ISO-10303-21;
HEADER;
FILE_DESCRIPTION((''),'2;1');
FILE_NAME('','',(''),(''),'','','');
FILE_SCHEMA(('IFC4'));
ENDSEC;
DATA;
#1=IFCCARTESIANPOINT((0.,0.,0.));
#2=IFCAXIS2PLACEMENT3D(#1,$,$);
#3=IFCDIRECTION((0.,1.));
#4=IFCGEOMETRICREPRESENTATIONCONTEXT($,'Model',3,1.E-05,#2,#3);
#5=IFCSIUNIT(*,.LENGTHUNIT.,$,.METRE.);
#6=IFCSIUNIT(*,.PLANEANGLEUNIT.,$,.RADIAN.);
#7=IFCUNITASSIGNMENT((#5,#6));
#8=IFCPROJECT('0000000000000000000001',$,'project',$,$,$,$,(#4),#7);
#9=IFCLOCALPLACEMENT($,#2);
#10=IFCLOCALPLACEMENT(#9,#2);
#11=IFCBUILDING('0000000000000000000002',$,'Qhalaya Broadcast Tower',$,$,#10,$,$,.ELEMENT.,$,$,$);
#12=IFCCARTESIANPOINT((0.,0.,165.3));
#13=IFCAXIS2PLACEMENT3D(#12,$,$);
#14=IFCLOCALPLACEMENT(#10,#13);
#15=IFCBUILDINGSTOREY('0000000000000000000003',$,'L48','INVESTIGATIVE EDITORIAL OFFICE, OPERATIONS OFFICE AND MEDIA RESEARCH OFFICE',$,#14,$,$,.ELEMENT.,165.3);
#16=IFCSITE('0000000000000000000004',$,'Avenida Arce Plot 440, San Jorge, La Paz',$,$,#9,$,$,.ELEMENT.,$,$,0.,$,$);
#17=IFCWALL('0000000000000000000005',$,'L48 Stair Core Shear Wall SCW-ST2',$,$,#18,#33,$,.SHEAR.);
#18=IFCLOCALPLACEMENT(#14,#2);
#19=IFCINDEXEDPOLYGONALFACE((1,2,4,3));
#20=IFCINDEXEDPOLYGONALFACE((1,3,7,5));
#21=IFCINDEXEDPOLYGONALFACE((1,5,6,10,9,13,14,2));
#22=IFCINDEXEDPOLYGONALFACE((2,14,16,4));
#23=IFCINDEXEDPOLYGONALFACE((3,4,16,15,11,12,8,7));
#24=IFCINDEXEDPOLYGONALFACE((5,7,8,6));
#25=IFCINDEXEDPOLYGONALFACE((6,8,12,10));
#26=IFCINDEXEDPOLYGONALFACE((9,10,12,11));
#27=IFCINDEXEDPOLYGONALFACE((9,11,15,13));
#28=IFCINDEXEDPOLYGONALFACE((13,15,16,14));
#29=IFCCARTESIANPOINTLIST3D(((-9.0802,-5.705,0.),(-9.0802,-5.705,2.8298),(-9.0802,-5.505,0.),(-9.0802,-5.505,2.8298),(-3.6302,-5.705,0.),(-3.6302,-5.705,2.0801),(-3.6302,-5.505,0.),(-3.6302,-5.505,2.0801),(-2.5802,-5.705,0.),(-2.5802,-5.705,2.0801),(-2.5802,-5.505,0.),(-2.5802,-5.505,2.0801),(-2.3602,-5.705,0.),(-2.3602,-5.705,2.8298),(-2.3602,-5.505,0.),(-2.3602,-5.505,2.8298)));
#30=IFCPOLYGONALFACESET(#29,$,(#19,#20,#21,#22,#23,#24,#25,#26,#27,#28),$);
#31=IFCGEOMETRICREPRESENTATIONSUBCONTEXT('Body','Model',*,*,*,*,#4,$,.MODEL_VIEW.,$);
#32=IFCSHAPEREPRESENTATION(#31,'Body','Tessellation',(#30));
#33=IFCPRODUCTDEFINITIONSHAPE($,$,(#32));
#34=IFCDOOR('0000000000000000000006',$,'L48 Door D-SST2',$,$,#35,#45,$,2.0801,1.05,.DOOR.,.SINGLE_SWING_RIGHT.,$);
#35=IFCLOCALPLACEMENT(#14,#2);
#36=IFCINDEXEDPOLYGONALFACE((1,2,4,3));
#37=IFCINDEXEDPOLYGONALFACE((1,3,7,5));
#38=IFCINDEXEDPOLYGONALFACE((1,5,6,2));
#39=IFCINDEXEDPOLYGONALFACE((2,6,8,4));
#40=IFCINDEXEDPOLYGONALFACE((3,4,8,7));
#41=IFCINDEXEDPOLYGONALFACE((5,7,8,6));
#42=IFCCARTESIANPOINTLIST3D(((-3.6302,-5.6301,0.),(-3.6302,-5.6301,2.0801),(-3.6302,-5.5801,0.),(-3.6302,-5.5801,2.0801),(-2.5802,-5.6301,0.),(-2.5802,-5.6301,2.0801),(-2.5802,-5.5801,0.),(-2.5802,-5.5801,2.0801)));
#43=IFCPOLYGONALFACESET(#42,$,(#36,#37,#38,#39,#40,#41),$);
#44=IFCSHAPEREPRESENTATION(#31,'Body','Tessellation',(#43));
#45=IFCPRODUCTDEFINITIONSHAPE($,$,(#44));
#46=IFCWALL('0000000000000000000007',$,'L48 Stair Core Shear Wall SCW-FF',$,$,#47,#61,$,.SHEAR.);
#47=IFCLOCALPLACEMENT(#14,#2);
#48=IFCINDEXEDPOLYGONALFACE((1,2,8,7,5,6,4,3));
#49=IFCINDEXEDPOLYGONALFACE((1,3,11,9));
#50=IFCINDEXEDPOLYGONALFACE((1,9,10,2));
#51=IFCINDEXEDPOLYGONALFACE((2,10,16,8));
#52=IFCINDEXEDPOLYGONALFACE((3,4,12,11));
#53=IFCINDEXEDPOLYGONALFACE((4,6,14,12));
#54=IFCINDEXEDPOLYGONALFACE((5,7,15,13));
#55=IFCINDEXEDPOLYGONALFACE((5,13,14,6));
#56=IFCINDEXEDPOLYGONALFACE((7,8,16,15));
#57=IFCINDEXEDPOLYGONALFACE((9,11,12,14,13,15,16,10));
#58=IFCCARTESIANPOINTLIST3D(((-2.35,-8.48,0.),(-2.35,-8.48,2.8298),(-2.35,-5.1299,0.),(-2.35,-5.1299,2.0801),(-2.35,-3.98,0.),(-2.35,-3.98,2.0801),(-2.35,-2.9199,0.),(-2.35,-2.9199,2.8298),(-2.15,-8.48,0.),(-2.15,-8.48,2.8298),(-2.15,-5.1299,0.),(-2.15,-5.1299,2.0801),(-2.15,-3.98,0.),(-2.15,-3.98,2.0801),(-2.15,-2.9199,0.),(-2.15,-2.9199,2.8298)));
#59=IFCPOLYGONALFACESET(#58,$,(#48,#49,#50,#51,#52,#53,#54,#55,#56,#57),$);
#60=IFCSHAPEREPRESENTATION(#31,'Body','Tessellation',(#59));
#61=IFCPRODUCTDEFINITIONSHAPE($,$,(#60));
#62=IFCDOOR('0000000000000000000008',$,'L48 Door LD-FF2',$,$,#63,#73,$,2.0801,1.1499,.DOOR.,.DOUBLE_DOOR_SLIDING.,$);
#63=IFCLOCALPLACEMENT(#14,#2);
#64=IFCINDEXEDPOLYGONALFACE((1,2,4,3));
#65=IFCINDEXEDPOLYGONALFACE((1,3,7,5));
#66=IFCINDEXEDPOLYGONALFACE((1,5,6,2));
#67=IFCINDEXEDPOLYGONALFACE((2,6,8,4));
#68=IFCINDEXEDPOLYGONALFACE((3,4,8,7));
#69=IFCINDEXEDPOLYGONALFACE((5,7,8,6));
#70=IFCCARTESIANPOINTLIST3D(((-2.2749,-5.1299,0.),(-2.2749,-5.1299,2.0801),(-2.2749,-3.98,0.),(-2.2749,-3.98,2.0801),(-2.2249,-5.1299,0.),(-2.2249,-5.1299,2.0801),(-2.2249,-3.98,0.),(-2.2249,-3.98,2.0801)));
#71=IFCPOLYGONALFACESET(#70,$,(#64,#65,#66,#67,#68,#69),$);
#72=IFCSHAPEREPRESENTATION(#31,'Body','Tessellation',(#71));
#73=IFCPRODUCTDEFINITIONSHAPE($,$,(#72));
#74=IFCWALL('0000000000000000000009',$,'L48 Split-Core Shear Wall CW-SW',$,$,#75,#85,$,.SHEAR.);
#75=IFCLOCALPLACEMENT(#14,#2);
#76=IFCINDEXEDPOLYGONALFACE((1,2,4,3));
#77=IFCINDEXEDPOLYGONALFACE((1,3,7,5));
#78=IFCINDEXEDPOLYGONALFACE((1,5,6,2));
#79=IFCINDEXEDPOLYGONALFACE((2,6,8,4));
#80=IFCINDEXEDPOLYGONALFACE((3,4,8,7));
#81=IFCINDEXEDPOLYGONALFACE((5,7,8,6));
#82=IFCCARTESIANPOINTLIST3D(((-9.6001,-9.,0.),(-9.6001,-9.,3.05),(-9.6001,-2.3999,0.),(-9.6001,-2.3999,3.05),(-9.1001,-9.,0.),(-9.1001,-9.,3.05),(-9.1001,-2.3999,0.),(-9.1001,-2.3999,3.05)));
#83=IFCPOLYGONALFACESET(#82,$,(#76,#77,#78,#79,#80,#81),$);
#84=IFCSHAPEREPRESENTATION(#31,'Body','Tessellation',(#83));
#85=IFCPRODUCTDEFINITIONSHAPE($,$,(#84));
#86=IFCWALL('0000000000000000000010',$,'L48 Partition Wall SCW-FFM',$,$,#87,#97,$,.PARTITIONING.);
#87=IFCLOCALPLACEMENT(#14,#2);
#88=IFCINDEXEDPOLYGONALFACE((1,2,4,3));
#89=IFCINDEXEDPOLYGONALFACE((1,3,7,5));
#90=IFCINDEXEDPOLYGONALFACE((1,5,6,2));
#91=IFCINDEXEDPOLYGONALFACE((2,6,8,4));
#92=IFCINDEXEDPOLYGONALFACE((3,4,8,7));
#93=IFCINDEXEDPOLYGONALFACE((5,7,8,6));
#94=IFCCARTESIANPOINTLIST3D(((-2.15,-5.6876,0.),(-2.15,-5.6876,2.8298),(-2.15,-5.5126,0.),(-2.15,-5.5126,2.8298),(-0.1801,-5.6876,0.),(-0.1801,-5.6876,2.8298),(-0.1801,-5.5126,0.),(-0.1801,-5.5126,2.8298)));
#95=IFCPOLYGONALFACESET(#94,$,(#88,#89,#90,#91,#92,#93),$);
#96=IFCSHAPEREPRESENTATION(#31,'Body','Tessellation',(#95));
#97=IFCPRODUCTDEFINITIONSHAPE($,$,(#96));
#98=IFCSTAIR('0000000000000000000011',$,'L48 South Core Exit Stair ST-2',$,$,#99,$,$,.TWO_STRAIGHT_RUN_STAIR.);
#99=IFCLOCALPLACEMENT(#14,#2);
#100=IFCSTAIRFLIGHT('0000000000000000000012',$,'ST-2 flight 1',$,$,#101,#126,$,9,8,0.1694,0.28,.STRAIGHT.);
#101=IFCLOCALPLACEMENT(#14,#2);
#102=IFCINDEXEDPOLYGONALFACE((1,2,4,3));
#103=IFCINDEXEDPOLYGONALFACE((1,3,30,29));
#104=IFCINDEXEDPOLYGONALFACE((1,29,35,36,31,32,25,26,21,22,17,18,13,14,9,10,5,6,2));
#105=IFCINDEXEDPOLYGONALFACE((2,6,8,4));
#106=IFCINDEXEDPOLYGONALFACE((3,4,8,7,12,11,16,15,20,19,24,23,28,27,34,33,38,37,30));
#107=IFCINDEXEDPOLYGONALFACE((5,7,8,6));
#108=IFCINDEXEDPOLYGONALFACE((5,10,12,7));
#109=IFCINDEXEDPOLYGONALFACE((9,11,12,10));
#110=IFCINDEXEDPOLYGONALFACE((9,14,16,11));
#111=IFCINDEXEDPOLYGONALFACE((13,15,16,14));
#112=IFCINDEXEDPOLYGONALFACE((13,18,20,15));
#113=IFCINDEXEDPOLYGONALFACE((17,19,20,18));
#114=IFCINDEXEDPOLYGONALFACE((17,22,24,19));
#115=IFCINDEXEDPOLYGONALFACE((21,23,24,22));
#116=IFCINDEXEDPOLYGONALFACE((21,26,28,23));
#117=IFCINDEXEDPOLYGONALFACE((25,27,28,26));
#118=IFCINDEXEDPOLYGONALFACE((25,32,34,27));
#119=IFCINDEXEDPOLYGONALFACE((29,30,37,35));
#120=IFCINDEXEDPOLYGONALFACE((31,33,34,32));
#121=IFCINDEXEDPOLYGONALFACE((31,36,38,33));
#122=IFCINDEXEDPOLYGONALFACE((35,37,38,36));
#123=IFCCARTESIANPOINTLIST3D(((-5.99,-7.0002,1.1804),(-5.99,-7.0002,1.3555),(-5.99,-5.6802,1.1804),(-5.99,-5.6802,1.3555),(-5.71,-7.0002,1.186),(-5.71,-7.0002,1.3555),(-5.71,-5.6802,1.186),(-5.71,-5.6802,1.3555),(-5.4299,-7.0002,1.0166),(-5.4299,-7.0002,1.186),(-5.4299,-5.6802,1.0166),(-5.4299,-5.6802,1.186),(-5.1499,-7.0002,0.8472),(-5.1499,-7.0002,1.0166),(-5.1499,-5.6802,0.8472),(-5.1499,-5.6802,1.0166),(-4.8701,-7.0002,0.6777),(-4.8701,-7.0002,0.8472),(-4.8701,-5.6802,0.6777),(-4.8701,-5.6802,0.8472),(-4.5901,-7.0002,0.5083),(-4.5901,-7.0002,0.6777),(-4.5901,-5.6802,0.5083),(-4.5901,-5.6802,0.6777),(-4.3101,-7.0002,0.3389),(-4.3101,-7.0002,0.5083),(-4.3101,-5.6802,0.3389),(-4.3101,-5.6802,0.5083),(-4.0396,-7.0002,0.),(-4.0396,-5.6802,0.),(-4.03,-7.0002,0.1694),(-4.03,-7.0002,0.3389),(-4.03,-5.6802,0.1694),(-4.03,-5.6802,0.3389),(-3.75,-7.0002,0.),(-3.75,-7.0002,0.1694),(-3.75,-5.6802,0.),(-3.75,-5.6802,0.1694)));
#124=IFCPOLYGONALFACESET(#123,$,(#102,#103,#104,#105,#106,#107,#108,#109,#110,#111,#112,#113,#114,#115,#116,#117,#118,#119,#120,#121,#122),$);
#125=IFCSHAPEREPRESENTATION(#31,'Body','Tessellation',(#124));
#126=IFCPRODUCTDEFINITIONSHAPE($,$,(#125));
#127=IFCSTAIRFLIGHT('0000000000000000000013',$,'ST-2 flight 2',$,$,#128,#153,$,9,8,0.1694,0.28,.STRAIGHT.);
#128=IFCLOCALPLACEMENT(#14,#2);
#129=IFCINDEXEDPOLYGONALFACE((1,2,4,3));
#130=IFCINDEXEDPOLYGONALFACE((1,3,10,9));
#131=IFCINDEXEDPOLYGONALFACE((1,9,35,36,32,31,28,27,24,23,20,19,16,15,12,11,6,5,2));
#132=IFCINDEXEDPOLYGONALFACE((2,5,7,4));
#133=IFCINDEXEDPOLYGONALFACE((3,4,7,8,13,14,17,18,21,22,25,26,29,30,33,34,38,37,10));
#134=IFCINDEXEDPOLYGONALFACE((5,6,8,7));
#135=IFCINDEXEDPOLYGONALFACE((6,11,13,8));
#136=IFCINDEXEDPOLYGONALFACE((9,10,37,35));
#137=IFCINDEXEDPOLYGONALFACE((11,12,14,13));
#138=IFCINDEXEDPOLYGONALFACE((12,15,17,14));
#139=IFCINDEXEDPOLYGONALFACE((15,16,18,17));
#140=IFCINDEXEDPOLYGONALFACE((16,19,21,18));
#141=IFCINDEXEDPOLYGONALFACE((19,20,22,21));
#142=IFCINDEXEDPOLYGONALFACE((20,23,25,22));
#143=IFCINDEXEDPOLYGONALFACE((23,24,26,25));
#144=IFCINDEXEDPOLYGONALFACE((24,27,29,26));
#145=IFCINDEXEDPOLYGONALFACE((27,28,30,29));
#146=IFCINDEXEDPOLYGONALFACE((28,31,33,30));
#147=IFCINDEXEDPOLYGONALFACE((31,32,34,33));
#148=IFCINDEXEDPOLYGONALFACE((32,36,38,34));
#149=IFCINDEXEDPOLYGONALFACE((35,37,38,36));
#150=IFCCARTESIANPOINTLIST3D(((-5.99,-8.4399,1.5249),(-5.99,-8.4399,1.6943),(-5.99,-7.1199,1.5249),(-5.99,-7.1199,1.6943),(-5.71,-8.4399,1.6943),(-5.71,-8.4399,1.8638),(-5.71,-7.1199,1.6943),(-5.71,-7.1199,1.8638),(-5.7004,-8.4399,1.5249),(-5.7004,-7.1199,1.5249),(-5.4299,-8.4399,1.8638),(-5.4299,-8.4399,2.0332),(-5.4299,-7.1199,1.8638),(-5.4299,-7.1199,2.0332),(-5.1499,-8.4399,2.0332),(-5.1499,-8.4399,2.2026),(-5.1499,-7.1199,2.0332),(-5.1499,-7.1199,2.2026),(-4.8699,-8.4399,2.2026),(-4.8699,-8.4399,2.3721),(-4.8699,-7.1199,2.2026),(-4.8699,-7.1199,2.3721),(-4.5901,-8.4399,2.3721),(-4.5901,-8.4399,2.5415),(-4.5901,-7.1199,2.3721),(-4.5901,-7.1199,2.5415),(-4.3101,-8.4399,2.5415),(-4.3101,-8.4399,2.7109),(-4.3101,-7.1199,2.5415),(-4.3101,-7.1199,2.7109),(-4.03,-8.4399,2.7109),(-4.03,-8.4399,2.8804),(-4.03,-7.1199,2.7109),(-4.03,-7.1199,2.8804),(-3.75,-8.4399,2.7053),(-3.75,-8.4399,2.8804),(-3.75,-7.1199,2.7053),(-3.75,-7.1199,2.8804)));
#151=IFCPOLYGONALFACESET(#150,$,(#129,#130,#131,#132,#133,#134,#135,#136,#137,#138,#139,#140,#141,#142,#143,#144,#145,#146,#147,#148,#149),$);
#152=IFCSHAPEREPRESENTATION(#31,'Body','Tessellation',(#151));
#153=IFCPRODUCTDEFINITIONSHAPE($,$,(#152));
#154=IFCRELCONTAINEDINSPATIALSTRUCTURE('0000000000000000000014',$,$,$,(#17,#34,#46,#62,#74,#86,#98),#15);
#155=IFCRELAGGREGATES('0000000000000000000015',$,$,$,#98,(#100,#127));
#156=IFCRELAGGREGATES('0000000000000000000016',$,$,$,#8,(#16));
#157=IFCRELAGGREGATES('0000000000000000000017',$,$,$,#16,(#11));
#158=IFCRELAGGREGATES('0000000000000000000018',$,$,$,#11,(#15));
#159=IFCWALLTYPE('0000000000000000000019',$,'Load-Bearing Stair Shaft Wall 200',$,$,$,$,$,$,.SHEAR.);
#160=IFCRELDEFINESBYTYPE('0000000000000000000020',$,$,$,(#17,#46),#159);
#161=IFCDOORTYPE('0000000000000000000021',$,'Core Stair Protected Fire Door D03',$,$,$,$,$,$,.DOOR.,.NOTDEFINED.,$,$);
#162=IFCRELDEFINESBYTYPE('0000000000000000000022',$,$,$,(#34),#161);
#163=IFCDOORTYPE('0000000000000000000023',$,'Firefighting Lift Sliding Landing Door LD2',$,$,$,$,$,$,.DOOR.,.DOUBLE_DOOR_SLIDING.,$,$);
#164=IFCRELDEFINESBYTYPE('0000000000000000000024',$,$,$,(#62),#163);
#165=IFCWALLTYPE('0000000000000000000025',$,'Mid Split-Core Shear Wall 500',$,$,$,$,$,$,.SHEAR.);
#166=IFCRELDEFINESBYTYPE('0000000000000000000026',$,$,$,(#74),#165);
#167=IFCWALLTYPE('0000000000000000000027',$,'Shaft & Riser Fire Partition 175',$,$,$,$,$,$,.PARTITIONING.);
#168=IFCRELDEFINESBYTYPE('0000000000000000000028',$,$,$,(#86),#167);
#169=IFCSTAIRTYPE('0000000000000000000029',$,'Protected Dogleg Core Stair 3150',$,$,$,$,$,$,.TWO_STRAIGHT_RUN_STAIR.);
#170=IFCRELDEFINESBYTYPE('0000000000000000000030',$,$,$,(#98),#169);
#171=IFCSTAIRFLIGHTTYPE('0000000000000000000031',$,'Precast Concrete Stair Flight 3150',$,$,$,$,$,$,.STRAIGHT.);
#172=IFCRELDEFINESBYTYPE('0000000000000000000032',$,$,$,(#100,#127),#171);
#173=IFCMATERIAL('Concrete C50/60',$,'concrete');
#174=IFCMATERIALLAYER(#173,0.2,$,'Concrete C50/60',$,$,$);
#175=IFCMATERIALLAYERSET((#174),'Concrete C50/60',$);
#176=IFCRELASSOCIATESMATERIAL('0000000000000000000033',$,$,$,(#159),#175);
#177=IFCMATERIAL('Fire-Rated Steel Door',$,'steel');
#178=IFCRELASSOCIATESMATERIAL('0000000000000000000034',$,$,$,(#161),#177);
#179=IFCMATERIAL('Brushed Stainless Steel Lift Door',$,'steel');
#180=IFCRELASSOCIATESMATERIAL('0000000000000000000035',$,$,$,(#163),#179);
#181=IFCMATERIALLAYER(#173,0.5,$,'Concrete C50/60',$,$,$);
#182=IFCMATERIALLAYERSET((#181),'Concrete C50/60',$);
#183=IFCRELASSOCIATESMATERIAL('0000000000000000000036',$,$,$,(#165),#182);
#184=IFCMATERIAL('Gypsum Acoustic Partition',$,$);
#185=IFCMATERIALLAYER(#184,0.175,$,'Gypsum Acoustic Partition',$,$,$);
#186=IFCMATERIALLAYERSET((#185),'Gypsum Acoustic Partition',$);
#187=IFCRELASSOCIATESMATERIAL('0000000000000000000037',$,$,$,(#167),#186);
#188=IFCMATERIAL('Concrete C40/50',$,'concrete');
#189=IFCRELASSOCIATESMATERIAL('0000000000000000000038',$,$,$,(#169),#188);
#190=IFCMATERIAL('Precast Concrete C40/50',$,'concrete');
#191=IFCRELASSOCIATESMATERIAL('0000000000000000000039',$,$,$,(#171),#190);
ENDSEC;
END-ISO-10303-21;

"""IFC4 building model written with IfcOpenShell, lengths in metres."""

from ifc_helpers import new_model, si_unit, direction, frame, frame_2d, origin, place, context, subcontext, project, spatial, polyline, rectangle, outline, extrude, material, layer, layer_set, type_object, element, fill, aggregate, save


model = new_model("IFC4")

# Units and contexts
model_context = context("Model", 3, precision=1e-05, world=origin(), true_north=direction((0.0, 1.0)))
body_context = subcontext(model_context, "Body", "Model", "MODEL_VIEW")
ifc_project = project(units=[si_unit("LENGTHUNIT", "METRE"), si_unit("PLANEANGLEUNIT", "RADIAN")], contexts=[model_context])

# Site, building, storey
site_placement = place(None, origin())
site = spatial("IfcSite", under=ifc_project, at=site_placement, Name="Avenida Arce Plot 440, San Jorge, La Paz", CompositionType="ELEMENT", RefElevation=0.0)
building_placement = place(site_placement, origin())
building = spatial("IfcBuilding", under=site, at=building_placement, Name="Qhalaya Broadcast Tower", CompositionType="ELEMENT")
storey_placement = place(building_placement, frame((0.0, 0.0, 165.3)))
storey = spatial("IfcBuildingStorey", under=building, at=storey_placement, Name="L48", Description="INVESTIGATIVE EDITORIAL OFFICE, OPERATIONS OFFICE AND MEDIA RESEARCH OFFICE", CompositionType="ELEMENT", Elevation=165.3)

# Shared definitions
ifc_material_1 = material(Name="Concrete C50/60", Category="concrete")

# Walls, openings, doors
ifc_layer_1 = layer(ifc_material_1, 0.2, Name="Concrete C50/60")
ifc_layer_set_1 = layer_set([ifc_layer_1], Name="Concrete C50/60")
wall_type_1 = type_object("IfcWallType", Name="Load-Bearing Stair Shaft Wall 200", PredefinedType="SHEAR", material=ifc_layer_set_1)
wall_1_placement = place(storey_placement, frame((-9.0801, -5.605, 0.0), z_axis=(0.0, 0.0, 1.0), x_axis=(1.0, 0.0, 0.0)))
wall_1 = element("IfcWall", 1, at=wall_1_placement, inside=storey, type_object=wall_type_1, Name="L48 Stair Core Shear Wall SCW-ST2", PredefinedType="SHEAR", context=body_context, shape_type="SweptSolid", body=[
    extrude(rectangle(XDim=6.72, YDim=0.2, at=frame_2d((3.3599, 0.0))), origin(), (0.0, 0.0, 1.0), 2.8298),
])
opening_1_placement = place(wall_1_placement, frame((5.45, 0.0, 0.0)))
opening_1 = element("IfcOpeningElement", 2, at=opening_1_placement, cuts=wall_1, PredefinedType="OPENING", context=body_context, shape_type="SweptSolid", body=[
    extrude(rectangle(XDim=1.05, YDim=2.0801, at=frame_2d((0.5249, 1.04))), frame((0.0, 0.1121, 0.0), z_axis=(0.0, -1.0, 0.0), x_axis=(1.0, 0.0, 0.0)), (0.0, 0.0, 1.0), 0.2239),
])
ifc_material_2 = material(Name="Fire-Rated Steel Door", Category="steel")
door_type_1 = type_object("IfcDoorType", Name="Core Stair Protected Fire Door D03", OperationType="NOTDEFINED", PredefinedType="DOOR", material=ifc_material_2)
door_1_placement = place(opening_1_placement, origin())
door_1 = element("IfcDoor", 3, at=door_1_placement, inside=storey, type_object=door_type_1, Name="L48 Door D-SST2", OperationType="SINGLE_SWING_RIGHT", OverallHeight=2.0801, OverallWidth=1.05, PredefinedType="DOOR", context=body_context, shape_type="SweptSolid", body=[
    extrude(rectangle(XDim=1.05, YDim=2.0801, at=frame_2d((0.5249, 1.04))), frame((0.0, 0.0249, 0.0), z_axis=(0.0, -1.0, 0.0), x_axis=(1.0, 0.0, 0.0)), (0.0, 0.0, 1.0), 0.05),
])
fill(opening_1, door_1)
wall_2_placement = place(storey_placement, frame((-2.25, -8.48, 0.0), z_axis=(0.0, 0.0, 1.0), x_axis=(0.0, 1.0, 0.0)))
wall_2 = element("IfcWall", 4, at=wall_2_placement, inside=storey, type_object=wall_type_1, Name="L48 Stair Core Shear Wall SCW-FF", PredefinedType="SHEAR", context=body_context, shape_type="SweptSolid", body=[
    extrude(rectangle(XDim=5.5601, YDim=0.2, at=frame_2d((2.78, 0.0))), origin(), (0.0, 0.0, 1.0), 2.8298),
])
opening_2_placement = place(wall_2_placement, frame((3.3501, 0.0, 0.0)))
opening_2 = element("IfcOpeningElement", 5, at=opening_2_placement, cuts=wall_2, PredefinedType="OPENING", context=body_context, shape_type="SweptSolid", body=[
    extrude(rectangle(XDim=1.1499, YDim=2.0801, at=frame_2d((0.575, 1.04))), frame((0.0, 0.1121, 0.0), z_axis=(0.0, -1.0, 0.0), x_axis=(1.0, 0.0, 0.0)), (0.0, 0.0, 1.0), 0.2239),
])
ifc_material_3 = material(Name="Brushed Stainless Steel Lift Door", Category="steel")
door_type_2 = type_object("IfcDoorType", Name="Firefighting Lift Sliding Landing Door LD2", OperationType="DOUBLE_DOOR_SLIDING", PredefinedType="DOOR", material=ifc_material_3)
door_2_placement = place(opening_2_placement, origin())
door_2 = element("IfcDoor", 6, at=door_2_placement, inside=storey, type_object=door_type_2, Name="L48 Door LD-FF2", OperationType="DOUBLE_DOOR_SLIDING", OverallHeight=2.0801, OverallWidth=1.1499, PredefinedType="DOOR", context=body_context, shape_type="SweptSolid", body=[
    extrude(rectangle(XDim=1.1499, YDim=2.0801, at=frame_2d((0.575, 1.04))), frame((0.0, 0.0249, 0.0), z_axis=(0.0, -1.0, 0.0), x_axis=(1.0, 0.0, 0.0)), (0.0, 0.0, 1.0), 0.05),
])
fill(opening_2, door_2)

# Walls
ifc_layer_2 = layer(ifc_material_1, 0.5, Name="Concrete C50/60")
ifc_layer_set_2 = layer_set([ifc_layer_2], Name="Concrete C50/60")
wall_type_2 = type_object("IfcWallType", Name="Mid Split-Core Shear Wall 500", PredefinedType="SHEAR", material=ifc_layer_set_2)
wall_3_placement = place(storey_placement, frame((-9.3501, -9.0, 0.0), z_axis=(0.0, 0.0, 1.0), x_axis=(0.0, 1.0, 0.0)))
element("IfcWall", 7, at=wall_3_placement, inside=storey, type_object=wall_type_2, Name="L48 Split-Core Shear Wall CW-SW", PredefinedType="SHEAR", context=body_context, shape_type="SweptSolid", body=[
    extrude(rectangle(XDim=6.6001, YDim=0.5, at=frame_2d((3.3, 0.0))), origin(), (0.0, 0.0, 1.0), 3.05),
])
ifc_material_4 = material(Name="Gypsum Acoustic Partition")
ifc_layer_3 = layer(ifc_material_4, 0.175, Name="Gypsum Acoustic Partition")
ifc_layer_set_3 = layer_set([ifc_layer_3], Name="Gypsum Acoustic Partition")
wall_type_3 = type_object("IfcWallType", Name="Shaft & Riser Fire Partition 175", PredefinedType="PARTITIONING", material=ifc_layer_set_3)
wall_4_placement = place(storey_placement, frame((-2.1499, -5.6001, 0.0), z_axis=(0.0, 0.0, 1.0), x_axis=(1.0, 0.0, 0.0)))
element("IfcWall", 8, at=wall_4_placement, inside=storey, type_object=wall_type_3, Name="L48 Partition Wall SCW-FFM", PredefinedType="PARTITIONING", context=body_context, shape_type="SweptSolid", body=[
    extrude(rectangle(XDim=1.97, YDim=0.175, at=frame_2d((0.9849, 0.0))), origin(), (0.0, 0.0, 1.0), 2.8298),
])

# Stair, stair flights
ifc_material_5 = material(Name="Concrete C40/50", Category="concrete")
stair_type = type_object("IfcStairType", Name="Protected Dogleg Core Stair 3150", PredefinedType="TWO_STRAIGHT_RUN_STAIR", material=ifc_material_5)
stair_placement = place(storey_placement, origin())
stair = element("IfcStair", 9, at=stair_placement, inside=storey, type_object=stair_type, Name="L48 South Core Exit Stair ST-2", PredefinedType="TWO_STRAIGHT_RUN_STAIR")
ifc_material_6 = material(Name="Precast Concrete C40/50", Category="concrete")
stair_flight_type = type_object("IfcStairFlightType", Name="Precast Concrete Stair Flight 3150", PredefinedType="STRAIGHT", material=ifc_material_6)
stair_flight_1_placement = place(storey_placement, frame((-3.75, -6.3401, 0.0), z_axis=(0.0, 0.0, 1.0), x_axis=(-1.0, 0.0, 0.0)))
stair_flight_1 = element("IfcStairFlight", 10, at=stair_flight_1_placement, type_object=stair_flight_type, Name="ST-2 flight 1", NumberOfRisers=9, NumberOfTreads=8, PredefinedType="STRAIGHT", RiserHeight=0.1694, TreadLength=0.28, context=body_context, shape_type="SweptSolid", body=[
    extrude(outline(polyline([(0.0, 0.0), (0.0, 0.1694), (0.28, 0.1694), (0.28, 0.3389), (0.5601, 0.3389), (0.5601, 0.5083), (0.8401, 0.5083), (0.8401, 0.6777), (1.1201, 0.6777), (1.1201, 0.8472), (1.3999, 0.8472), (1.3999, 1.0166), (1.6799, 1.0166), (1.6799, 1.186), (1.96, 1.186), (1.96, 1.3555), (2.24, 1.3555), (2.24, 1.5249), (2.24, 1.1804), (0.2896, 0.0), (0.0, 0.0)])), frame((0.0, 0.6602, 0.0), z_axis=(0.0, -1.0, 0.0), x_axis=(1.0, 0.0, 0.0)), (0.0, 0.0, 1.0), 1.3201),
])
stair_flight_2_placement = place(storey_placement, frame((-5.99, -7.78, 1.5249), z_axis=(0.0, 0.0, 1.0), x_axis=(1.0, 0.0, 0.0)))
stair_flight_2 = element("IfcStairFlight", 11, at=stair_flight_2_placement, type_object=stair_flight_type, Name="ST-2 flight 2", NumberOfRisers=9, NumberOfTreads=8, PredefinedType="STRAIGHT", RiserHeight=0.1694, TreadLength=0.28, context=body_context, shape_type="SweptSolid", body=[
    extrude(outline(polyline([(0.0, 0.0), (0.0, 0.1694), (0.28, 0.1694), (0.28, 0.3389), (0.5601, 0.3389), (0.5601, 0.5083), (0.8401, 0.5083), (0.8401, 0.6777), (1.1201, 0.6777), (1.1201, 0.8472), (1.3999, 0.8472), (1.3999, 1.0166), (1.6799, 1.0166), (1.6799, 1.186), (1.96, 1.186), (1.96, 1.3555), (2.24, 1.3555), (2.24, 1.5249), (2.24, 1.1804), (0.2896, 0.0), (0.0, 0.0)])), frame((0.0, 0.6602, 0.0), z_axis=(0.0, -1.0, 0.0), x_axis=(1.0, 0.0, 0.0)), (0.0, 0.0, 1.0), 1.3201),
])
aggregate(stair, [stair_flight_1, stair_flight_2])

save(model, "model.ifc")
